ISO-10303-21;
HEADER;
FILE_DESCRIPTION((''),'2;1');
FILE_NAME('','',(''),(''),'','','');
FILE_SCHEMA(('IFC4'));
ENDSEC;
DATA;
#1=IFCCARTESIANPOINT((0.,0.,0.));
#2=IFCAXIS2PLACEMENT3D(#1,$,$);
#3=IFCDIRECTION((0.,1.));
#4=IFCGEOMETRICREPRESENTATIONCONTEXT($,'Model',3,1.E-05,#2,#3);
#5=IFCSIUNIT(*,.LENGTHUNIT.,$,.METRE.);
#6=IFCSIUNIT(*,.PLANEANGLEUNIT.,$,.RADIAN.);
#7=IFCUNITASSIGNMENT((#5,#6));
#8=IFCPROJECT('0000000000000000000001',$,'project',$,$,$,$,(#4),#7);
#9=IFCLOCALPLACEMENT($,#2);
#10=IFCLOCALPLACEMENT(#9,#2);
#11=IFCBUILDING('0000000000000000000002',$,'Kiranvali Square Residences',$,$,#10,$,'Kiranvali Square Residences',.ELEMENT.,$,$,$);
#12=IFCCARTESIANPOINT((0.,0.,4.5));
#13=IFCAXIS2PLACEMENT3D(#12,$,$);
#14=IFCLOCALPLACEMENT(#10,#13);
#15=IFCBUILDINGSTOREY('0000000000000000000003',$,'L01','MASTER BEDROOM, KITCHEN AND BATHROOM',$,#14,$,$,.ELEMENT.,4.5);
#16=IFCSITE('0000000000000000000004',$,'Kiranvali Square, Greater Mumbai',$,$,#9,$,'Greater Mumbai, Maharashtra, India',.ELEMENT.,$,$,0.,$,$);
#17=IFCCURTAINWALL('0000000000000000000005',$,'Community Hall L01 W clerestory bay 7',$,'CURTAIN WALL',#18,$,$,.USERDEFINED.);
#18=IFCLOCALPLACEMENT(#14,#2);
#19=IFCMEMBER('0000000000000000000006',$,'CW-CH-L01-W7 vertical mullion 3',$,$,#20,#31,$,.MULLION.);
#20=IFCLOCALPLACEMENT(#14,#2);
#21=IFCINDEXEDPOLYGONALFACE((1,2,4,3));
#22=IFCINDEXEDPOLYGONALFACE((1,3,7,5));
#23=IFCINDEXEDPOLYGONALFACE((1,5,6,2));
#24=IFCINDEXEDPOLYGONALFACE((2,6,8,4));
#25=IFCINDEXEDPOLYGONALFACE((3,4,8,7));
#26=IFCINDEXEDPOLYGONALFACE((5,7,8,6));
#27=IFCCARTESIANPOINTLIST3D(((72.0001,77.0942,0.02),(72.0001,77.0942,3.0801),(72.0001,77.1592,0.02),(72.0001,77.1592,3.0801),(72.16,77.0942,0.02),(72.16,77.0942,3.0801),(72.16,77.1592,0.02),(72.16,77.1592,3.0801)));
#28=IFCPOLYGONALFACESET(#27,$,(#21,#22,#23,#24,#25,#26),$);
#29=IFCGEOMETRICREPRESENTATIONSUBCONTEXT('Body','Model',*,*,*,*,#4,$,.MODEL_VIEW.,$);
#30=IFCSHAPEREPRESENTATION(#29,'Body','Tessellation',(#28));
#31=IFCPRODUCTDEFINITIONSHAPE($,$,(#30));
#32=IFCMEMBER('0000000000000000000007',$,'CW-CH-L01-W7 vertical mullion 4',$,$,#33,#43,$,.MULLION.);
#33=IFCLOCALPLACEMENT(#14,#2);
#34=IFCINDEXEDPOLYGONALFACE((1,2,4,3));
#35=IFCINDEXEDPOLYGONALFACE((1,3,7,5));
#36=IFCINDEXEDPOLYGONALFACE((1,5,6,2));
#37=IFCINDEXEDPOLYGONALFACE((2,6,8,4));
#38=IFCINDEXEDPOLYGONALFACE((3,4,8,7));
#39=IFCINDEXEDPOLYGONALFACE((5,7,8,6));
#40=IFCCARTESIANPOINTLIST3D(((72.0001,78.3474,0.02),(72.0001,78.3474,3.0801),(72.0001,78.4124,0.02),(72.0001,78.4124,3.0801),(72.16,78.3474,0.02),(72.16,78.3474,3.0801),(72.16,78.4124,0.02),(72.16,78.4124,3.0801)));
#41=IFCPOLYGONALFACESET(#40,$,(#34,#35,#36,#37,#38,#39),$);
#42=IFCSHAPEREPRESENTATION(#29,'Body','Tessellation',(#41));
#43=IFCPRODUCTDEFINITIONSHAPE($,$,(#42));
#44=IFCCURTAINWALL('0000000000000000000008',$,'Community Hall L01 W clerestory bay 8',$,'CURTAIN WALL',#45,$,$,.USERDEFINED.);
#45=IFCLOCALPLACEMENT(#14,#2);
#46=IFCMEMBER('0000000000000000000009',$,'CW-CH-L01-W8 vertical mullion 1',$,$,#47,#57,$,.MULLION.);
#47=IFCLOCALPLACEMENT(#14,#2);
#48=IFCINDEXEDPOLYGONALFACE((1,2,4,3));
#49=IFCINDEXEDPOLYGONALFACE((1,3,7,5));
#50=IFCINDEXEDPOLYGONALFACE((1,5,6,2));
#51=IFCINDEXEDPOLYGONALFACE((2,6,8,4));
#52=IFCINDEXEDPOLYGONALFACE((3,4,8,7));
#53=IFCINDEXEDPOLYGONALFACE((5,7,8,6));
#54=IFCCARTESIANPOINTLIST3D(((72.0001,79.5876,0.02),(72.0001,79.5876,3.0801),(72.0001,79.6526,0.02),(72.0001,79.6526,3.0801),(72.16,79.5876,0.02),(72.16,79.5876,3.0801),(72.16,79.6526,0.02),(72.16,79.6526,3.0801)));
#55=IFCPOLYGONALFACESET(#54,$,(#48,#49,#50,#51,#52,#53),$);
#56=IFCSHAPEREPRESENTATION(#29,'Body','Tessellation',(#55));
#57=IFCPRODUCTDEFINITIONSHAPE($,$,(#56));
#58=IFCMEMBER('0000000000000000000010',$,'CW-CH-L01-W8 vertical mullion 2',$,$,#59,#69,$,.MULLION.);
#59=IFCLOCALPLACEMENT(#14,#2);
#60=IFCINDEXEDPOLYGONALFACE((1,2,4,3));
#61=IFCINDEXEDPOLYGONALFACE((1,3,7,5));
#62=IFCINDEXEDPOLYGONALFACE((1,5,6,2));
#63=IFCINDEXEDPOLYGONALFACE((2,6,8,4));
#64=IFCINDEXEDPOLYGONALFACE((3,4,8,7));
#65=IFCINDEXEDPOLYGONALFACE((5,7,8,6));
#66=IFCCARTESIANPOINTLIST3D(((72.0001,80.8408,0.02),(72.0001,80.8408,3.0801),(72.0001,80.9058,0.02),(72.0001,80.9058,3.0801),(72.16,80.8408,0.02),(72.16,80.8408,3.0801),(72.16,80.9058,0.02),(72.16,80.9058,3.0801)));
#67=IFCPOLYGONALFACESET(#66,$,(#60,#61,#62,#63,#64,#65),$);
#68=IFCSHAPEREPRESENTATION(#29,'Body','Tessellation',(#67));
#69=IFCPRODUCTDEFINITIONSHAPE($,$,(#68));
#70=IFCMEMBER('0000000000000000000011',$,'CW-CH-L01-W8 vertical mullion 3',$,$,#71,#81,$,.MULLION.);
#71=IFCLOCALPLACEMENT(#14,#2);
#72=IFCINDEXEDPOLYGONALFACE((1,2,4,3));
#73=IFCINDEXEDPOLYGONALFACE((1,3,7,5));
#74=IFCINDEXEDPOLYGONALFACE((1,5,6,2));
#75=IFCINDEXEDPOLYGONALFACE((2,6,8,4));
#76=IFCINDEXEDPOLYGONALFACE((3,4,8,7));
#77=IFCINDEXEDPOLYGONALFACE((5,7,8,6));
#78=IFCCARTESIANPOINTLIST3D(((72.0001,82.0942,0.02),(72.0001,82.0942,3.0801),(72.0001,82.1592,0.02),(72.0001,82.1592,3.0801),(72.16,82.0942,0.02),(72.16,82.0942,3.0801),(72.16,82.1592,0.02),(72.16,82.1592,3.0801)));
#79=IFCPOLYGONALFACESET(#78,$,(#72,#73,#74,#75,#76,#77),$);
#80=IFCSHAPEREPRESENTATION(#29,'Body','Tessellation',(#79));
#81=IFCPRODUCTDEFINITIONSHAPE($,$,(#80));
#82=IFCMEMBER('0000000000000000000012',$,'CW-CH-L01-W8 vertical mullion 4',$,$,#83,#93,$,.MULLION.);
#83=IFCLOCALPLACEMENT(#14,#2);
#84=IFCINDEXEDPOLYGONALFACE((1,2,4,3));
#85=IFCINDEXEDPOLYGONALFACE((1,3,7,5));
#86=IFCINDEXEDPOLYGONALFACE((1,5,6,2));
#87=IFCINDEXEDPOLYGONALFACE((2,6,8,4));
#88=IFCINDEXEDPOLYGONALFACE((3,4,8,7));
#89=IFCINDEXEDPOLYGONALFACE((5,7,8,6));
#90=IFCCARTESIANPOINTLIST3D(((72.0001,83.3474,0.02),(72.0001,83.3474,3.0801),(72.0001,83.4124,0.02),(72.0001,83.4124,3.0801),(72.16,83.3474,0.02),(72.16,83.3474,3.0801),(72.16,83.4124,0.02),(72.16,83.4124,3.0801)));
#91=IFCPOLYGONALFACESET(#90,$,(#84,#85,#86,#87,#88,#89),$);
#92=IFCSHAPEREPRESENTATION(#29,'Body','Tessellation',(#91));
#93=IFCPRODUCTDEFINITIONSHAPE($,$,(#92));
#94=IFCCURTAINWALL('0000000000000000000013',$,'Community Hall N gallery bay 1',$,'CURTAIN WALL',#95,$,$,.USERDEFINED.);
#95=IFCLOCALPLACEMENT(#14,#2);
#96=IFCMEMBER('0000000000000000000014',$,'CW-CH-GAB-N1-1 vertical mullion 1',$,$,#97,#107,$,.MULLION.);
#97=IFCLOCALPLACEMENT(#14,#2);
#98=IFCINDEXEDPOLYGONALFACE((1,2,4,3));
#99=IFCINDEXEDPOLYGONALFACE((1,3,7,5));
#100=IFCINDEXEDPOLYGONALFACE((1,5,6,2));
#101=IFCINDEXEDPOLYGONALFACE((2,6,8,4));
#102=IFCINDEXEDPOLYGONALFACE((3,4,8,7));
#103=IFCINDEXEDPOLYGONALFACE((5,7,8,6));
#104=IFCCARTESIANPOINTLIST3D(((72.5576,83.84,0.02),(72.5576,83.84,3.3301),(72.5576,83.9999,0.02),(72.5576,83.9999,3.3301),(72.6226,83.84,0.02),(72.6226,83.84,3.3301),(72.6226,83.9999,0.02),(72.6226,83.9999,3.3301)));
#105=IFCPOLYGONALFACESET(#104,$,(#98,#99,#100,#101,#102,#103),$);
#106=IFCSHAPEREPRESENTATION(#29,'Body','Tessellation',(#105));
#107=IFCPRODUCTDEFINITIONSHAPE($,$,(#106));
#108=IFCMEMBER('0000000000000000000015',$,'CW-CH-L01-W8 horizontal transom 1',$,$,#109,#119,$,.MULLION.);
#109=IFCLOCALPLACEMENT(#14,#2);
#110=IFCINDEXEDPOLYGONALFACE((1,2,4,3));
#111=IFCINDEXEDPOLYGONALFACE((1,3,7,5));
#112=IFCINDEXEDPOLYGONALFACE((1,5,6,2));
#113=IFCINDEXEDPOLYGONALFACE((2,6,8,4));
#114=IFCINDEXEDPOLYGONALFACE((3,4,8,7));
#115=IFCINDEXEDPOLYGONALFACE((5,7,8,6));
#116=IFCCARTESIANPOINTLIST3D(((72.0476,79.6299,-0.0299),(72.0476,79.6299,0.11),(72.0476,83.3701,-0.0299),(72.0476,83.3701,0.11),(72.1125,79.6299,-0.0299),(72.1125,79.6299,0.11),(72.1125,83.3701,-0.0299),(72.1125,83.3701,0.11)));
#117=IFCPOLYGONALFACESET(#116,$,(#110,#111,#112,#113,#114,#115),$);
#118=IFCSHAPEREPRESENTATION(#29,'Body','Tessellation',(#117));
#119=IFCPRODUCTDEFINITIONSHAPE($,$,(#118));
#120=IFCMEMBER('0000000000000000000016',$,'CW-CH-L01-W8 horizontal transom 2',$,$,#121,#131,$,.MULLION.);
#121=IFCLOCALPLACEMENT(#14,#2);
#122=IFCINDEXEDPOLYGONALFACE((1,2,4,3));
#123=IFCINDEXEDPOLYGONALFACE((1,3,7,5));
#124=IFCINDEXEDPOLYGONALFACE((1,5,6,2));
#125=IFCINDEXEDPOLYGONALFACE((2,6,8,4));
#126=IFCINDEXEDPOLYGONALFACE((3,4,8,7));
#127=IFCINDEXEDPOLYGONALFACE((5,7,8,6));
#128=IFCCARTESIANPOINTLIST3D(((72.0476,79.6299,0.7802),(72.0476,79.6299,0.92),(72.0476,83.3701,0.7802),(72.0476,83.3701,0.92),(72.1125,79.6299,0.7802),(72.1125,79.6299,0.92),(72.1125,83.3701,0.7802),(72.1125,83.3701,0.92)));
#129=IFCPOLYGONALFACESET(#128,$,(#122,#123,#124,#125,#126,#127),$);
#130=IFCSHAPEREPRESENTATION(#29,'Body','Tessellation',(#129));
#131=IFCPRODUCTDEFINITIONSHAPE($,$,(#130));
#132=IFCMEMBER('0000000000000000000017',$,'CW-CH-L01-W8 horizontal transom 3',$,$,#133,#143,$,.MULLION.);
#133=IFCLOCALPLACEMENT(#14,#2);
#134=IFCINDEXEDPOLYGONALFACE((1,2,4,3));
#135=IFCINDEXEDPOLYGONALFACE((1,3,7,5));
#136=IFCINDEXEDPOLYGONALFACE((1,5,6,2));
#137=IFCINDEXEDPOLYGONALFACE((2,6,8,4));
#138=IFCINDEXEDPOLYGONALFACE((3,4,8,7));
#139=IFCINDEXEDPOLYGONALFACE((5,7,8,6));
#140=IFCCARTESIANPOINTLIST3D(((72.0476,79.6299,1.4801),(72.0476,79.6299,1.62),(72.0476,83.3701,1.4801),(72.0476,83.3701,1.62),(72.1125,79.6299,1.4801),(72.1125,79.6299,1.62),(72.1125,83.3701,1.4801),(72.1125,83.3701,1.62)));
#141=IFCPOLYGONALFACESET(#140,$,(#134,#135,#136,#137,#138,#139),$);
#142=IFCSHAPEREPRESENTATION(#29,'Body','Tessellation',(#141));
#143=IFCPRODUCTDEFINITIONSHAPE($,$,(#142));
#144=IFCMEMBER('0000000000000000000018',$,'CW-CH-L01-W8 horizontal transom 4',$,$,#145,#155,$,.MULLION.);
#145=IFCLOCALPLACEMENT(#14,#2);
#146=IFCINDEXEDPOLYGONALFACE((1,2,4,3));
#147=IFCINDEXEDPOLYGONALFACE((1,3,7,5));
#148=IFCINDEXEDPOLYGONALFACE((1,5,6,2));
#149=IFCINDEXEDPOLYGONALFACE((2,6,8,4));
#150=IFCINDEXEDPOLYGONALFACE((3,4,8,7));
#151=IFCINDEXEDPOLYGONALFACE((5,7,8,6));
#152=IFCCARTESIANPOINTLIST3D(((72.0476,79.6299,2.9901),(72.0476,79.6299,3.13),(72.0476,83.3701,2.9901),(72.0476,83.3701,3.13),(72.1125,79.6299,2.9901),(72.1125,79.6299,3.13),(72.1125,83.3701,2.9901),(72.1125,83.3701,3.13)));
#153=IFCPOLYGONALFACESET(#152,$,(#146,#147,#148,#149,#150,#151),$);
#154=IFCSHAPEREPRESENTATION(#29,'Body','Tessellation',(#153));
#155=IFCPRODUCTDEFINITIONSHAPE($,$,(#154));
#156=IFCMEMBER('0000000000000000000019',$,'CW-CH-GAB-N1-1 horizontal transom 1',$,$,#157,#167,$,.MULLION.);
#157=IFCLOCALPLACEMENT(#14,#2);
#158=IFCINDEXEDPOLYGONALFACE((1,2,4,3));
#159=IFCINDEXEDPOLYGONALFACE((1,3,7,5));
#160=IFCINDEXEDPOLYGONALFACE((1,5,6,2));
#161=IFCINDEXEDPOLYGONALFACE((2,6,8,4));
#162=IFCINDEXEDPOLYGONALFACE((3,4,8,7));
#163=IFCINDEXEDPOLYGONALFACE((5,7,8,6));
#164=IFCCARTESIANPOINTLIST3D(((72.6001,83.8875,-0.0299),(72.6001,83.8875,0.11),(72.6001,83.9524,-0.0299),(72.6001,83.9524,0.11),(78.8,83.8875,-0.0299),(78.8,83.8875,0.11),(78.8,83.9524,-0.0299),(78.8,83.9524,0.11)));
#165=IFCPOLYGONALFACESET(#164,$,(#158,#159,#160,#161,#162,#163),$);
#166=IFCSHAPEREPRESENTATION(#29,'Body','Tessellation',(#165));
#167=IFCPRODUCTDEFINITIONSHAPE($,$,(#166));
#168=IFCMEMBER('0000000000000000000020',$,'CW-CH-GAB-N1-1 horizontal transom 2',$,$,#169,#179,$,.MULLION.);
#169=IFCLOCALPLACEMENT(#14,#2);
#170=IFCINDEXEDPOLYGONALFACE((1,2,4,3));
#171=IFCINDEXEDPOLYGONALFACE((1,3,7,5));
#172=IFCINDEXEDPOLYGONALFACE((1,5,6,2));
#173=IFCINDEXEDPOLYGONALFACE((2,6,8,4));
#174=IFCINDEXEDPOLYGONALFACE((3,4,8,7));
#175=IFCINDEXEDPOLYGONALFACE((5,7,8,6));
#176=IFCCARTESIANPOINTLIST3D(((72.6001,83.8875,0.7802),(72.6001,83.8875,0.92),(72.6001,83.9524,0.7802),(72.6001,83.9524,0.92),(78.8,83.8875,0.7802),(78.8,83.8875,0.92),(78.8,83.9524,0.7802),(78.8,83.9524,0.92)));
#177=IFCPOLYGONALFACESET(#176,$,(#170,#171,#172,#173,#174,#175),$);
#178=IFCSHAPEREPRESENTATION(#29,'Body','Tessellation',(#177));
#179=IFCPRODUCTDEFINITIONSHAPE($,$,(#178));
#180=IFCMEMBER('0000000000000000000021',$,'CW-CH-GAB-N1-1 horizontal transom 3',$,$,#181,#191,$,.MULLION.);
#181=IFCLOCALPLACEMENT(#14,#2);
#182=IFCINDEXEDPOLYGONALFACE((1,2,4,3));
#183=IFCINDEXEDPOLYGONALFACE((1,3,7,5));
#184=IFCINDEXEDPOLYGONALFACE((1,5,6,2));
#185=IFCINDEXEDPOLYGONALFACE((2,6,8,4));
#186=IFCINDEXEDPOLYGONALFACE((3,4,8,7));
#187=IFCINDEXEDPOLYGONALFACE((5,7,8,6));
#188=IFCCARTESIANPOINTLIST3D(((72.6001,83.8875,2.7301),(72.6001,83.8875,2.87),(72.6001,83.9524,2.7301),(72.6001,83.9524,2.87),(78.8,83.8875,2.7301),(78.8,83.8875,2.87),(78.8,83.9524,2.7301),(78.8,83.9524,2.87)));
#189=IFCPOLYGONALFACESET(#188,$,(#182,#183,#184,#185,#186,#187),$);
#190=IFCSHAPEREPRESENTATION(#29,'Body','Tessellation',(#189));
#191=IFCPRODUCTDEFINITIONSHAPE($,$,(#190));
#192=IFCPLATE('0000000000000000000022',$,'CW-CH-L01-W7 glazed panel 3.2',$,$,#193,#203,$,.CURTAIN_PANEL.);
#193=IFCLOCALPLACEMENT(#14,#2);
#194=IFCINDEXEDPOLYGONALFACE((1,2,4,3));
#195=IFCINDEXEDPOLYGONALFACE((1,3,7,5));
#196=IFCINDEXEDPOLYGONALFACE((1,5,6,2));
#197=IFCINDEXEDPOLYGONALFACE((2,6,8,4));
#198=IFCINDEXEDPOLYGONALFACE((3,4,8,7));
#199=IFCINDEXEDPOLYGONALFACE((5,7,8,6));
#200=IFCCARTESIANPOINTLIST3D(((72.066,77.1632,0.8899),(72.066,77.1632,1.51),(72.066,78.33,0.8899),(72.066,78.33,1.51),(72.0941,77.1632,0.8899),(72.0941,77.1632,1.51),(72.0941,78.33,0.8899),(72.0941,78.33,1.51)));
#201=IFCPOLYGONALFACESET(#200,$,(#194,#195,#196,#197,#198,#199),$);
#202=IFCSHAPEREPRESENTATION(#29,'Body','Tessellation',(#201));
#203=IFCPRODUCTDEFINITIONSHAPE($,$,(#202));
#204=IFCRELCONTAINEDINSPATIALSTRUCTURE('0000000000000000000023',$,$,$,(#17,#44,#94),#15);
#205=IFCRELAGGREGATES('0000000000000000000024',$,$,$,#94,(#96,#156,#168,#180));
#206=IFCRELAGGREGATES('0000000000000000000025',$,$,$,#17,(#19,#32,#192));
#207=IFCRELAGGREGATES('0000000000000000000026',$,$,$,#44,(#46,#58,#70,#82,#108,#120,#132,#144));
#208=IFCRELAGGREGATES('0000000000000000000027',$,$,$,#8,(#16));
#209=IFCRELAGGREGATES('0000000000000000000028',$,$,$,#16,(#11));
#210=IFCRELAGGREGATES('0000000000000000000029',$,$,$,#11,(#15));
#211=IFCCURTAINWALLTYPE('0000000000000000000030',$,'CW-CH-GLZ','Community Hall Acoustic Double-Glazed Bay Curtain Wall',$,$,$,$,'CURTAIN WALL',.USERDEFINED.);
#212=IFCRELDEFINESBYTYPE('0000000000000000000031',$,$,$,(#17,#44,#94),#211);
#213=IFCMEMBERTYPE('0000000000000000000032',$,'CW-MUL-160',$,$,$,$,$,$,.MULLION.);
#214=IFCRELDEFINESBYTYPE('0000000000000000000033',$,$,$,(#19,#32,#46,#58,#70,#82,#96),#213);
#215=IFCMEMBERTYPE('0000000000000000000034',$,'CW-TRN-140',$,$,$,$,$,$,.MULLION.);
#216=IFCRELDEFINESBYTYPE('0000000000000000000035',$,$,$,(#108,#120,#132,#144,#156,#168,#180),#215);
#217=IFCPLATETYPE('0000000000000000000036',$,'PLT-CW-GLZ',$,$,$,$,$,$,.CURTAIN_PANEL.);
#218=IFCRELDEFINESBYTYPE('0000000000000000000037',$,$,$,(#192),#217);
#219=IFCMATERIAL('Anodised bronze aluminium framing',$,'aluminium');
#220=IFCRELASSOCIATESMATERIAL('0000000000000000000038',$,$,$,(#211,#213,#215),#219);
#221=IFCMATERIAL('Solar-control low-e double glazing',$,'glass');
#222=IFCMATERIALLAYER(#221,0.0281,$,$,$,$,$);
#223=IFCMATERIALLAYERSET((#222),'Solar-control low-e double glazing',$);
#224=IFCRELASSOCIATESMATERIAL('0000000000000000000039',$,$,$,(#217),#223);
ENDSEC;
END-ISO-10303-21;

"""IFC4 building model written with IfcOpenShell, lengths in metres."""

from ifc_helpers import new_model, si_unit, direction, frame, origin, origin_2d, place, context, subcontext, project, spatial, rectangle, extrude, material, layer, layer_set, material_profile, profile_set, type_object, element, aggregate, save


model = new_model("IFC4")

# Units and contexts
model_context = context("Model", 3, precision=1e-05, world=origin(), true_north=direction((0.0, 1.0)))
body_context = subcontext(model_context, "Body", "Model", "MODEL_VIEW")
ifc_project = project(units=[si_unit("LENGTHUNIT", "METRE"), si_unit("PLANEANGLEUNIT", "RADIAN")], contexts=[model_context])

# Site, building, storey
site_placement = place(None, origin())
site = spatial("IfcSite", under=ifc_project, at=site_placement, Name="Kiranvali Square, Greater Mumbai", LongName="Greater Mumbai, Maharashtra, India", CompositionType="ELEMENT", RefElevation=0.0)
building_placement = place(site_placement, origin())
building = spatial("IfcBuilding", under=site, at=building_placement, Name="Kiranvali Square Residences", LongName="Kiranvali Square Residences", CompositionType="ELEMENT")
storey_placement = place(building_placement, frame((0.0, 0.0, 4.5)))
storey = spatial("IfcBuildingStorey", under=building, at=storey_placement, Name="L01", Description="MASTER BEDROOM, KITCHEN AND BATHROOM", CompositionType="ELEMENT", Elevation=4.5)

# Curtain walls, members
ifc_material_1 = material(Name="Anodised bronze aluminium framing", Category="aluminium")
curtain_wall_type = type_object("IfcCurtainWallType", Name="CW-CH-GLZ", Description="Community Hall Acoustic Double-Glazed Bay Curtain Wall", ElementType="CURTAIN WALL", PredefinedType="USERDEFINED", material=ifc_material_1)
curtain_wall_1_placement = place(storey_placement, origin())
curtain_wall_1 = element("IfcCurtainWall", 1, at=curtain_wall_1_placement, inside=storey, type_object=curtain_wall_type, Name="Community Hall L01 W clerestory bay 7", ObjectType="CURTAIN WALL", PredefinedType="USERDEFINED")
ifc_material_profile_1 = material_profile(ifc_material_1, rectangle(XDim=0.0649, YDim=0.1599, at=origin_2d()), Name="ALU 65x160")
ifc_profile_set_1 = profile_set([ifc_material_profile_1], Name="Anodised bronze aluminium framing")
member_type_1 = type_object("IfcMemberType", Name="CW-MUL-160", PredefinedType="MULLION", material=ifc_profile_set_1)
member_1_placement = place(storey_placement, frame((72.0801, 77.1267, 0.02), z_axis=(0.0, 0.0, 1.0), x_axis=(0.0, 1.0, 0.0)))
member_1 = element("IfcMember", 2, at=member_1_placement, type_object=member_type_1, Name="CW-CH-L01-W7 vertical mullion 3", PredefinedType="MULLION", context=body_context, shape_type="SweptSolid", body=[
    extrude(rectangle(XDim=0.0649, YDim=0.1599, at=origin_2d()), origin(), (0.0, 0.0, 1.0), 3.0601),
])
member_2_placement = place(storey_placement, frame((72.0801, 78.3799, 0.02), z_axis=(0.0, 0.0, 1.0), x_axis=(0.0, 1.0, 0.0)))
member_2 = element("IfcMember", 3, at=member_2_placement, type_object=member_type_1, Name="CW-CH-L01-W7 vertical mullion 4", PredefinedType="MULLION", context=body_context, shape_type="SweptSolid", body=[
    extrude(rectangle(XDim=0.0649, YDim=0.1599, at=origin_2d()), origin(), (0.0, 0.0, 1.0), 3.0601),
])
curtain_wall_2_placement = place(storey_placement, origin())
curtain_wall_2 = element("IfcCurtainWall", 4, at=curtain_wall_2_placement, inside=storey, type_object=curtain_wall_type, Name="Community Hall L01 W clerestory bay 8", ObjectType="CURTAIN WALL", PredefinedType="USERDEFINED")
member_3_placement = place(storey_placement, frame((72.0801, 79.6201, 0.02), z_axis=(0.0, 0.0, 1.0), x_axis=(0.0, 1.0, 0.0)))
member_3 = element("IfcMember", 5, at=member_3_placement, type_object=member_type_1, Name="CW-CH-L01-W8 vertical mullion 1", PredefinedType="MULLION", context=body_context, shape_type="SweptSolid", body=[
    extrude(rectangle(XDim=0.0649, YDim=0.1599, at=origin_2d()), origin(), (0.0, 0.0, 1.0), 3.0601),
])
member_4_placement = place(storey_placement, frame((72.0801, 80.8733, 0.02), z_axis=(0.0, 0.0, 1.0), x_axis=(0.0, 1.0, 0.0)))
member_4 = element("IfcMember", 6, at=member_4_placement, type_object=member_type_1, Name="CW-CH-L01-W8 vertical mullion 2", PredefinedType="MULLION", context=body_context, shape_type="SweptSolid", body=[
    extrude(rectangle(XDim=0.0649, YDim=0.1599, at=origin_2d()), origin(), (0.0, 0.0, 1.0), 3.0601),
])
member_5_placement = place(storey_placement, frame((72.0801, 82.1267, 0.02), z_axis=(0.0, 0.0, 1.0), x_axis=(0.0, 1.0, 0.0)))
member_5 = element("IfcMember", 7, at=member_5_placement, type_object=member_type_1, Name="CW-CH-L01-W8 vertical mullion 3", PredefinedType="MULLION", context=body_context, shape_type="SweptSolid", body=[
    extrude(rectangle(XDim=0.0649, YDim=0.1599, at=origin_2d()), origin(), (0.0, 0.0, 1.0), 3.0601),
])
member_6_placement = place(storey_placement, frame((72.0801, 83.3799, 0.02), z_axis=(0.0, 0.0, 1.0), x_axis=(0.0, 1.0, 0.0)))
member_6 = element("IfcMember", 8, at=member_6_placement, type_object=member_type_1, Name="CW-CH-L01-W8 vertical mullion 4", PredefinedType="MULLION", context=body_context, shape_type="SweptSolid", body=[
    extrude(rectangle(XDim=0.0649, YDim=0.1599, at=origin_2d()), origin(), (0.0, 0.0, 1.0), 3.0601),
])

# Curtain wall, member
curtain_wall_3_placement = place(storey_placement, origin())
curtain_wall_3 = element("IfcCurtainWall", 9, at=curtain_wall_3_placement, inside=storey, type_object=curtain_wall_type, Name="Community Hall N gallery bay 1", ObjectType="CURTAIN WALL", PredefinedType="USERDEFINED")
member_7_placement = place(storey_placement, frame((72.5901, 83.9199, 0.02), z_axis=(0.0, 0.0, 1.0), x_axis=(1.0, 0.0, 0.0)))
member_7 = element("IfcMember", 10, at=member_7_placement, type_object=member_type_1, Name="CW-CH-GAB-N1-1 vertical mullion 1", PredefinedType="MULLION", context=body_context, shape_type="SweptSolid", body=[
    extrude(rectangle(XDim=0.0649, YDim=0.1599, at=origin_2d()), origin(), (0.0, 0.0, 1.0), 3.3101),
])

# Members
ifc_material_profile_2 = material_profile(ifc_material_1, rectangle(XDim=0.0649, YDim=0.1399, at=origin_2d()), Name="ALU 65x140")
ifc_profile_set_2 = profile_set([ifc_material_profile_2], Name="Anodised bronze aluminium framing")
member_type_2 = type_object("IfcMemberType", Name="CW-TRN-140", PredefinedType="MULLION", material=ifc_profile_set_2)
member_8_placement = place(storey_placement, frame((72.0801, 79.6299, 0.04), z_axis=(0.0, 1.0, 0.0), x_axis=(-1.0, 0.0, 0.0)))
member_8 = element("IfcMember", 11, at=member_8_placement, type_object=member_type_2, Name="CW-CH-L01-W8 horizontal transom 1", PredefinedType="MULLION", context=body_context, shape_type="SweptSolid", body=[
    extrude(rectangle(XDim=0.0649, YDim=0.1399, at=origin_2d()), origin(), (0.0, 0.0, 1.0), 3.7402),
])
member_9_placement = place(storey_placement, frame((72.0801, 79.6299, 0.8501), z_axis=(0.0, 1.0, 0.0), x_axis=(-1.0, 0.0, 0.0)))
member_9 = element("IfcMember", 12, at=member_9_placement, type_object=member_type_2, Name="CW-CH-L01-W8 horizontal transom 2", PredefinedType="MULLION", context=body_context, shape_type="SweptSolid", body=[
    extrude(rectangle(XDim=0.0649, YDim=0.1399, at=origin_2d()), origin(), (0.0, 0.0, 1.0), 3.7402),
])
member_10_placement = place(storey_placement, frame((72.0801, 79.6299, 1.55), z_axis=(0.0, 1.0, 0.0), x_axis=(-1.0, 0.0, 0.0)))
member_10 = element("IfcMember", 13, at=member_10_placement, type_object=member_type_2, Name="CW-CH-L01-W8 horizontal transom 3", PredefinedType="MULLION", context=body_context, shape_type="SweptSolid", body=[
    extrude(rectangle(XDim=0.0649, YDim=0.1399, at=origin_2d()), origin(), (0.0, 0.0, 1.0), 3.7402),
])
member_11_placement = place(storey_placement, frame((72.0801, 79.6299, 3.0601), z_axis=(0.0, 1.0, 0.0), x_axis=(-1.0, 0.0, 0.0)))
member_11 = element("IfcMember", 14, at=member_11_placement, type_object=member_type_2, Name="CW-CH-L01-W8 horizontal transom 4", PredefinedType="MULLION", context=body_context, shape_type="SweptSolid", body=[
    extrude(rectangle(XDim=0.0649, YDim=0.1399, at=origin_2d()), origin(), (0.0, 0.0, 1.0), 3.7402),
])
member_12_placement = place(storey_placement, frame((72.6001, 83.9199, 0.04), z_axis=(1.0, 0.0, 0.0), x_axis=(0.0, 1.0, 0.0)))
member_12 = element("IfcMember", 15, at=member_12_placement, type_object=member_type_2, Name="CW-CH-GAB-N1-1 horizontal transom 1", PredefinedType="MULLION", context=body_context, shape_type="SweptSolid", body=[
    extrude(rectangle(XDim=0.0649, YDim=0.1399, at=origin_2d()), origin(), (0.0, 0.0, 1.0), 6.2),
])
member_13_placement = place(storey_placement, frame((72.6001, 83.9199, 0.8501), z_axis=(1.0, 0.0, 0.0), x_axis=(0.0, 1.0, 0.0)))
member_13 = element("IfcMember", 16, at=member_13_placement, type_object=member_type_2, Name="CW-CH-GAB-N1-1 horizontal transom 2", PredefinedType="MULLION", context=body_context, shape_type="SweptSolid", body=[
    extrude(rectangle(XDim=0.0649, YDim=0.1399, at=origin_2d()), origin(), (0.0, 0.0, 1.0), 6.2),
])
member_14_placement = place(storey_placement, frame((72.6001, 83.9199, 2.8), z_axis=(1.0, 0.0, 0.0), x_axis=(0.0, 1.0, 0.0)))
member_14 = element("IfcMember", 17, at=member_14_placement, type_object=member_type_2, Name="CW-CH-GAB-N1-1 horizontal transom 3", PredefinedType="MULLION", context=body_context, shape_type="SweptSolid", body=[
    extrude(rectangle(XDim=0.0649, YDim=0.1399, at=origin_2d()), origin(), (0.0, 0.0, 1.0), 6.2),
])
aggregate(curtain_wall_3, [member_7, member_12, member_13, member_14])

# Plate
ifc_material_2 = material(Name="Solar-control low-e double glazing", Category="glass")
ifc_layer_1 = layer(ifc_material_2, 0.0281)
ifc_layer_set_1 = layer_set([ifc_layer_1], Name="Solar-control low-e double glazing")
plate_type_1 = type_object("IfcPlateType", Name="PLT-CW-GLZ", PredefinedType="CURTAIN_PANEL", material=ifc_layer_set_1)
plate_1_placement = place(storey_placement, frame((72.0801, 77.7466, 0.8899), z_axis=(0.0, 0.0, 1.0), x_axis=(0.0, 1.0, 0.0)))
plate_1 = element("IfcPlate", 18, at=plate_1_placement, type_object=plate_type_1, Name="CW-CH-L01-W7 glazed panel 3.2", PredefinedType="CURTAIN_PANEL", context=body_context, shape_type="SweptSolid", body=[
    extrude(rectangle(XDim=1.1667, YDim=0.0281, at=origin_2d()), origin(), (0.0, 0.0, 1.0), 0.6201),
])
aggregate(curtain_wall_1, [member_1, member_2, plate_1])
aggregate(curtain_wall_2, [member_3, member_4, member_5, member_6, member_8, member_9, member_10, member_11])

save(model, "model.ifc")
